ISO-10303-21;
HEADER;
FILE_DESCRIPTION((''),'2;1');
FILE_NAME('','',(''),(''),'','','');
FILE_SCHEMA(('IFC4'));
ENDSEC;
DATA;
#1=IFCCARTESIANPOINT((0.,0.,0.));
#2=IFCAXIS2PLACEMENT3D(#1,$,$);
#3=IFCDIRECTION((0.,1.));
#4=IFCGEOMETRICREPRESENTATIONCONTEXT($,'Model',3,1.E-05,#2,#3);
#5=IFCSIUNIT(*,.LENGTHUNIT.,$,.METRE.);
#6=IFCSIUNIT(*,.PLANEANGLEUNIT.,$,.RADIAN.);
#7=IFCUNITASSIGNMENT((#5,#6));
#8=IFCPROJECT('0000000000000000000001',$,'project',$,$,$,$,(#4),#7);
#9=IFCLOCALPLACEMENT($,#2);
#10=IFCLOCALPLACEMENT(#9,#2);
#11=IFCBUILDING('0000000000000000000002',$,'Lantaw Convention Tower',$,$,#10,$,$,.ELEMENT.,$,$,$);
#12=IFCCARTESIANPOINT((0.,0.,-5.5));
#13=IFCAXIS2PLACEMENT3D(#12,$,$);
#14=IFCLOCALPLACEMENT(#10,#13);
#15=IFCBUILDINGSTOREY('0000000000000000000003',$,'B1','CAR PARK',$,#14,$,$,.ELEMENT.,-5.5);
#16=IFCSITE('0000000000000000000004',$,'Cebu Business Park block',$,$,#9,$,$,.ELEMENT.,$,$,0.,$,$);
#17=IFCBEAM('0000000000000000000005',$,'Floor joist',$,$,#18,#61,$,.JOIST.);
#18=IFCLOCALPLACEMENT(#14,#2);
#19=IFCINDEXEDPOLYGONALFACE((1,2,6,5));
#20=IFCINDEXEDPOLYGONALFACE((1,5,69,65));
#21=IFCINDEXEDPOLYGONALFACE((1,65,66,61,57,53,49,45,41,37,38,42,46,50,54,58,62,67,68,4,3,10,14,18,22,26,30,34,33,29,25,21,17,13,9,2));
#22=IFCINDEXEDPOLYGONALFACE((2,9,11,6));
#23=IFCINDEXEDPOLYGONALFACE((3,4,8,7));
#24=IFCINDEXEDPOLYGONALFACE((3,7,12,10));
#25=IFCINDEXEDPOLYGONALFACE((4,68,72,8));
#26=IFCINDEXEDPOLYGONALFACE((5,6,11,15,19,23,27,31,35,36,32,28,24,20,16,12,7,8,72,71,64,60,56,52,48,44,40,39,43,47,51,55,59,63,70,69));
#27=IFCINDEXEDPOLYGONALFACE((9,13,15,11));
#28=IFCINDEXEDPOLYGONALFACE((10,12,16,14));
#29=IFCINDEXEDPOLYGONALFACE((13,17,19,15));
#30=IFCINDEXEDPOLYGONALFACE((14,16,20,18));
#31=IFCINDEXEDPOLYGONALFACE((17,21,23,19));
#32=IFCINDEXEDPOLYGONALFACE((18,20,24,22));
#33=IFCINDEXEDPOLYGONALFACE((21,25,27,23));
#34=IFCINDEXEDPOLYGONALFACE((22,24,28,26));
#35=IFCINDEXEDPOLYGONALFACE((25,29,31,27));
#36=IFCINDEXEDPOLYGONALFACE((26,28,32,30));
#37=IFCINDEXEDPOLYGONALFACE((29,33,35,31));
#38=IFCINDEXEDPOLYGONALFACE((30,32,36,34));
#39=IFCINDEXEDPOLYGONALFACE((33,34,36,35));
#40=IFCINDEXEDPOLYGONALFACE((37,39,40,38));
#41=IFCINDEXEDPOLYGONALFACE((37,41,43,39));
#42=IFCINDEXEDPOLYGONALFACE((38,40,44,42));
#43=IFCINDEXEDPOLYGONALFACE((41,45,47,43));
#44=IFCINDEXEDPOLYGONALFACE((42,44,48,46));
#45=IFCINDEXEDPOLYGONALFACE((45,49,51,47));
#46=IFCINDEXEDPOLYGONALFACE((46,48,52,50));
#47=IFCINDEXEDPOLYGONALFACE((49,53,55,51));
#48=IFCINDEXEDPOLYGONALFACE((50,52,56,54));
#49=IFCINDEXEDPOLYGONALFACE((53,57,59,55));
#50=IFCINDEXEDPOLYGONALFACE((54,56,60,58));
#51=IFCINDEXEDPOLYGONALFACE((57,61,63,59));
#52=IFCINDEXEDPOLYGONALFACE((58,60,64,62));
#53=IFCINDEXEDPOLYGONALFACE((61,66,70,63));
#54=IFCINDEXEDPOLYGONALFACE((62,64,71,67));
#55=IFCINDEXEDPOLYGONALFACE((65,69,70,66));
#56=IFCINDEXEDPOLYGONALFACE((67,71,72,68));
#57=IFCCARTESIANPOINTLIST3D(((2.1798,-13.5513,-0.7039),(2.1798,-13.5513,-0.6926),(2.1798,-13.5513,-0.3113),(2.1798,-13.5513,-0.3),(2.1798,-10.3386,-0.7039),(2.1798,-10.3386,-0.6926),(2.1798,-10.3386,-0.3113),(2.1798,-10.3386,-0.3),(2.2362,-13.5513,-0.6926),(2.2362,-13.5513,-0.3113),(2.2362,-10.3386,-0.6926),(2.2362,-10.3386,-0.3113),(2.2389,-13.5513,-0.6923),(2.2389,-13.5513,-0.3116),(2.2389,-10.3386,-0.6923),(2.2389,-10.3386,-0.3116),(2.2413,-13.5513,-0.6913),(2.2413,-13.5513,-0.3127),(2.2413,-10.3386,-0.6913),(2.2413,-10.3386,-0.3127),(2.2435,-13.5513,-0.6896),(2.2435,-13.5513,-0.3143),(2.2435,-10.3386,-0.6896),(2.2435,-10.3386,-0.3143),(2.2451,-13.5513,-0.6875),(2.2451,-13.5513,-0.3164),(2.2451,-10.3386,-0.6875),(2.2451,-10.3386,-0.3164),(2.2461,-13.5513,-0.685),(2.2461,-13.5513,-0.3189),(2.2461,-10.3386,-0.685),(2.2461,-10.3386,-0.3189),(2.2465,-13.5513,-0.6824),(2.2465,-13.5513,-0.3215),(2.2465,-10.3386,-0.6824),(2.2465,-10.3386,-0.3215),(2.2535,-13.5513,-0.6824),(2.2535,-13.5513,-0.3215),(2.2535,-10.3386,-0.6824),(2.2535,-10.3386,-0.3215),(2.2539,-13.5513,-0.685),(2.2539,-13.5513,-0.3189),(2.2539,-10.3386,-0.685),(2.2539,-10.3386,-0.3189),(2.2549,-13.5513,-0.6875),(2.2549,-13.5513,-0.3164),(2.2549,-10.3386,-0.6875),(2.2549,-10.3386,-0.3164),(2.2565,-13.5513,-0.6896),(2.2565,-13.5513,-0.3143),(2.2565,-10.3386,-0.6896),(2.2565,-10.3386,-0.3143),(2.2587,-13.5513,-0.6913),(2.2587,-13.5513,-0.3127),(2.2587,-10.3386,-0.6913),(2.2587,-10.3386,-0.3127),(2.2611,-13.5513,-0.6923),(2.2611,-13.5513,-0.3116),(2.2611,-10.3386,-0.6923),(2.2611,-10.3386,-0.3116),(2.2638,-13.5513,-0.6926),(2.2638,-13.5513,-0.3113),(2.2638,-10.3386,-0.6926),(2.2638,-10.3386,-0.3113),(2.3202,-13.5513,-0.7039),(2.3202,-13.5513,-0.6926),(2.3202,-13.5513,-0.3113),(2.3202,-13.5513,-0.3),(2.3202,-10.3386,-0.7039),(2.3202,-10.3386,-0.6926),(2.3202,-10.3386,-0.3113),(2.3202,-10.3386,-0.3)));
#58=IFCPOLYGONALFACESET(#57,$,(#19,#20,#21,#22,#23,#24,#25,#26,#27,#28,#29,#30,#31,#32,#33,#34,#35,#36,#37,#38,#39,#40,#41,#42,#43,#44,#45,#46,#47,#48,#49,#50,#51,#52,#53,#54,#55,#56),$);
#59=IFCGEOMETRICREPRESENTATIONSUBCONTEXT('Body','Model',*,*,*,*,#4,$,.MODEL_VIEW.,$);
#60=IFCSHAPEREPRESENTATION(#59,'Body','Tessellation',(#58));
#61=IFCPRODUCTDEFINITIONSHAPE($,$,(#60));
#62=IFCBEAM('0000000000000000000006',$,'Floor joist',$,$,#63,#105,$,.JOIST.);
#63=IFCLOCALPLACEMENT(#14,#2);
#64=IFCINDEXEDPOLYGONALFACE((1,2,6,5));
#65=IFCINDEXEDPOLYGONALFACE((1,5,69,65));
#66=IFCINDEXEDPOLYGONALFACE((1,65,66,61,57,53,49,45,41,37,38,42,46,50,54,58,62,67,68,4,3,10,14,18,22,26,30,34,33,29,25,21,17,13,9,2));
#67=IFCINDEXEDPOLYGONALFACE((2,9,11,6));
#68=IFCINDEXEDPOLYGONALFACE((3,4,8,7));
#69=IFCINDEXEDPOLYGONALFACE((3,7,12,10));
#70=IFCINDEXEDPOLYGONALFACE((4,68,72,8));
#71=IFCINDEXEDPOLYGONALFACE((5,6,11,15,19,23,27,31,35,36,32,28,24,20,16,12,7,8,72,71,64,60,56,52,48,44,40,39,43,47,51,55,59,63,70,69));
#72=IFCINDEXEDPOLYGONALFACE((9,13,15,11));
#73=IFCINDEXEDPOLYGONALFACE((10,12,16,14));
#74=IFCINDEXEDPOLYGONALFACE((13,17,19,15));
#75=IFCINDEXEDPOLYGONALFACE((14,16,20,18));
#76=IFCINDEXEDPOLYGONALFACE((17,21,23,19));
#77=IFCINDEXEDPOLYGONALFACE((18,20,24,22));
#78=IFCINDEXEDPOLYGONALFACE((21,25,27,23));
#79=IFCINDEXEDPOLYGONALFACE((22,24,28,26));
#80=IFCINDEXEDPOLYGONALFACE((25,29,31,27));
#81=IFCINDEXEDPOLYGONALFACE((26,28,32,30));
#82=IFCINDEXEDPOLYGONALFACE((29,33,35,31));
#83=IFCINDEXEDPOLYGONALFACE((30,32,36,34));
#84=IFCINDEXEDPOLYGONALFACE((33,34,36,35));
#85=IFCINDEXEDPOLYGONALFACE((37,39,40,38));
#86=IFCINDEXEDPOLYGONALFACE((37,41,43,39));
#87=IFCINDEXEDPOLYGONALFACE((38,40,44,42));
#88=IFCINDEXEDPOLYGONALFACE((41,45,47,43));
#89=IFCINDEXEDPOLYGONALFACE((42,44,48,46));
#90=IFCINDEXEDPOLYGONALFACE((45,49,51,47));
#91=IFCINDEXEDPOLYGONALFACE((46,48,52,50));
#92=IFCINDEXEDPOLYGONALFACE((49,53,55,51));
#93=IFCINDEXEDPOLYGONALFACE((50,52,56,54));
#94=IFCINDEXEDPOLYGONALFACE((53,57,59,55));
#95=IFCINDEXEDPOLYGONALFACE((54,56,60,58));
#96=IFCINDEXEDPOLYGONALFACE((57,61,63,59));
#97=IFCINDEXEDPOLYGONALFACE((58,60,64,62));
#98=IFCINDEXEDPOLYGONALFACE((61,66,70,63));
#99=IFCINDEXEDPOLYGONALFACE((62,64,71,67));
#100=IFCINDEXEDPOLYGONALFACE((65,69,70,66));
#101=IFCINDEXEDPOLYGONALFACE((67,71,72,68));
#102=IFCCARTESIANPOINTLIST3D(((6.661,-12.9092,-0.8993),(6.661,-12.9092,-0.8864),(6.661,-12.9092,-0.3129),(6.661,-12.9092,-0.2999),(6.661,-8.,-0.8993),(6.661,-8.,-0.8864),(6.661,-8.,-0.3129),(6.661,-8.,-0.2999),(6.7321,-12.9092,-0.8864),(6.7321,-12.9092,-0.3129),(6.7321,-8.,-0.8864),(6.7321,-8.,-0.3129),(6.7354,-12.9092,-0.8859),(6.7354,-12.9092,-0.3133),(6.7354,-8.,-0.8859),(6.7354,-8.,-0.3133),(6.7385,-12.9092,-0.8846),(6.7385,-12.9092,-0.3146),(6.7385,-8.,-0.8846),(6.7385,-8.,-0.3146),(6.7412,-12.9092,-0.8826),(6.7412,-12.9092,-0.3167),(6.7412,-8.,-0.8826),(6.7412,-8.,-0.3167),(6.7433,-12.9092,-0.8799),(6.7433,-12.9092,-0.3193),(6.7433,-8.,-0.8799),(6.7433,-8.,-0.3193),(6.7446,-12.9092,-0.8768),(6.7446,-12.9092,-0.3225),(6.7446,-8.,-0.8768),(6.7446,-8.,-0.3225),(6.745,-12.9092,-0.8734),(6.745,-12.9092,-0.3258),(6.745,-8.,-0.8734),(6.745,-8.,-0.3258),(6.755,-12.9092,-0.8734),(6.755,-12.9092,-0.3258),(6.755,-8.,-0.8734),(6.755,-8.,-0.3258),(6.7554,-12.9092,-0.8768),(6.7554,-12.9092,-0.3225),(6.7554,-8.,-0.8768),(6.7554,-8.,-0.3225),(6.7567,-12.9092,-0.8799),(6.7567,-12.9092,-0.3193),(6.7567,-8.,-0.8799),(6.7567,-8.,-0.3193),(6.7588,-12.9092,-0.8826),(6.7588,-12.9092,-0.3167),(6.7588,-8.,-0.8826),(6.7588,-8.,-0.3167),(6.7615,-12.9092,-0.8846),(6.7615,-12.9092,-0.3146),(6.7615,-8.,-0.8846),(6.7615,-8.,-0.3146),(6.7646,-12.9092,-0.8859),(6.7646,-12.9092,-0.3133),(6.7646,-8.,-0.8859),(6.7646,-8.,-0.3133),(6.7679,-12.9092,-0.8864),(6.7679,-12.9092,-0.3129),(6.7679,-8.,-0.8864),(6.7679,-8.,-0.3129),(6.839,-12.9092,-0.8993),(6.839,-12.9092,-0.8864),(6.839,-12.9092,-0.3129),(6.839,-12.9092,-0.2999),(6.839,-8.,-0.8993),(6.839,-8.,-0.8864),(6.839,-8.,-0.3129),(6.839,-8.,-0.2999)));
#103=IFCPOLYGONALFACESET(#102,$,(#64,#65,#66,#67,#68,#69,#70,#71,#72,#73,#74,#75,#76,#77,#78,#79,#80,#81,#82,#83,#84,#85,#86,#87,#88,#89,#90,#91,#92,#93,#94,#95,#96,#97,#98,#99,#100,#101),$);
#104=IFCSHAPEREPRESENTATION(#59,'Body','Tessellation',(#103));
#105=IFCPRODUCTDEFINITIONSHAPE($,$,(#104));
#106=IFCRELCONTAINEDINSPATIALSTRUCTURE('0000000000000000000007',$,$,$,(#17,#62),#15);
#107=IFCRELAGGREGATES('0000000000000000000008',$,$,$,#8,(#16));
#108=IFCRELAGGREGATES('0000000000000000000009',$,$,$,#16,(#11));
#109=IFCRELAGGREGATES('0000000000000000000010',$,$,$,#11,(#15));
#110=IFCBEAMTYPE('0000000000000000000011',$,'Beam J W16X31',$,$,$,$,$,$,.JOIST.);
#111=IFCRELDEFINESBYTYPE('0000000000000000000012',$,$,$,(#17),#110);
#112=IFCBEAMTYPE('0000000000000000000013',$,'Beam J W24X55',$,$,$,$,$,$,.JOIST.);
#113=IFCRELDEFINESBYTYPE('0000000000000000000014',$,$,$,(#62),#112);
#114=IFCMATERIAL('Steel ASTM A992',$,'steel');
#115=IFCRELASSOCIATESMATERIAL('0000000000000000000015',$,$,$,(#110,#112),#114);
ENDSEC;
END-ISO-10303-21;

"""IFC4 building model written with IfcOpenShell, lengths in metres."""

from ifc_helpers import new_model, si_unit, direction, frame, origin, origin_2d, place, context, subcontext, project, spatial, i_section, extrude, material, material_profile, profile_set, type_object, element, save


model = new_model("IFC4")

# Units and contexts
model_context = context("Model", 3, precision=1e-05, world=origin(), true_north=direction((0.0, 1.0)))
body_context = subcontext(model_context, "Body", "Model", "MODEL_VIEW")
ifc_project = project(units=[si_unit("LENGTHUNIT", "METRE"), si_unit("PLANEANGLEUNIT", "RADIAN")], contexts=[model_context])

# Site, building, storey
site_placement = place(None, origin())
site = spatial("IfcSite", under=ifc_project, at=site_placement, Name="Cebu Business Park block", CompositionType="ELEMENT", RefElevation=0.0)
building_placement = place(site_placement, origin())
building = spatial("IfcBuilding", under=site, at=building_placement, Name="Lantaw Convention Tower", CompositionType="ELEMENT")
storey_placement = place(building_placement, frame((0.0, 0.0, -5.5)))
storey = spatial("IfcBuildingStorey", under=building, at=storey_placement, Name="B1", Description="CAR PARK", CompositionType="ELEMENT", Elevation=-5.5)

# Beams
ifc_material_1 = material(Name="Steel ASTM A992", Category="steel")
ifc_material_profile_1 = material_profile(ifc_material_1, i_section(OverallWidth=0.1404, OverallDepth=0.4038, WebThickness=0.0071, FlangeThickness=0.0112, FilletRadius=0.0103, at=origin_2d()), Name="W16X31")
ifc_profile_set_1 = profile_set([ifc_material_profile_1], Name="Steel ASTM A992")
beam_type_1 = type_object("IfcBeamType", Name="Beam J W16X31", PredefinedType="JOIST", material=ifc_profile_set_1)
beam_1_placement = place(storey_placement, frame((2.25, -13.5513, -0.502), z_axis=(0.0, 1.0, 0.0), x_axis=(-1.0, 0.0, 0.0)))
element("IfcBeam", 1, at=beam_1_placement, inside=storey, type_object=beam_type_1, Name="Floor joist", PredefinedType="JOIST", context=body_context, shape_type="SweptSolid", body=[
    extrude(i_section(OverallWidth=0.1404, OverallDepth=0.4038, WebThickness=0.0071, FlangeThickness=0.0112, FilletRadius=0.0103, at=origin_2d()), origin(), (0.0, 0.0, 1.0), 3.2126),
])
ifc_material_profile_2 = material_profile(ifc_material_1, i_section(OverallWidth=0.178, OverallDepth=0.5994, WebThickness=0.01, FlangeThickness=0.0129, FilletRadius=0.0129, at=origin_2d()), Name="W24X55")
ifc_profile_set_2 = profile_set([ifc_material_profile_2], Name="Steel ASTM A992")
beam_type_2 = type_object("IfcBeamType", Name="Beam J W24X55", PredefinedType="JOIST", material=ifc_profile_set_2)
beam_2_placement = place(storey_placement, frame((6.75, -12.9092, -0.5996), z_axis=(0.0, 1.0, 0.0), x_axis=(-1.0, 0.0, 0.0)))
element("IfcBeam", 2, at=beam_2_placement, inside=storey, type_object=beam_type_2, Name="Floor joist", PredefinedType="JOIST", context=body_context, shape_type="SweptSolid", body=[
    extrude(i_section(OverallWidth=0.178, OverallDepth=0.5994, WebThickness=0.01, FlangeThickness=0.0129, FilletRadius=0.0129, at=origin_2d()), origin(), (0.0, 0.0, 1.0), 4.9092),
])

save(model, "model.ifc")
